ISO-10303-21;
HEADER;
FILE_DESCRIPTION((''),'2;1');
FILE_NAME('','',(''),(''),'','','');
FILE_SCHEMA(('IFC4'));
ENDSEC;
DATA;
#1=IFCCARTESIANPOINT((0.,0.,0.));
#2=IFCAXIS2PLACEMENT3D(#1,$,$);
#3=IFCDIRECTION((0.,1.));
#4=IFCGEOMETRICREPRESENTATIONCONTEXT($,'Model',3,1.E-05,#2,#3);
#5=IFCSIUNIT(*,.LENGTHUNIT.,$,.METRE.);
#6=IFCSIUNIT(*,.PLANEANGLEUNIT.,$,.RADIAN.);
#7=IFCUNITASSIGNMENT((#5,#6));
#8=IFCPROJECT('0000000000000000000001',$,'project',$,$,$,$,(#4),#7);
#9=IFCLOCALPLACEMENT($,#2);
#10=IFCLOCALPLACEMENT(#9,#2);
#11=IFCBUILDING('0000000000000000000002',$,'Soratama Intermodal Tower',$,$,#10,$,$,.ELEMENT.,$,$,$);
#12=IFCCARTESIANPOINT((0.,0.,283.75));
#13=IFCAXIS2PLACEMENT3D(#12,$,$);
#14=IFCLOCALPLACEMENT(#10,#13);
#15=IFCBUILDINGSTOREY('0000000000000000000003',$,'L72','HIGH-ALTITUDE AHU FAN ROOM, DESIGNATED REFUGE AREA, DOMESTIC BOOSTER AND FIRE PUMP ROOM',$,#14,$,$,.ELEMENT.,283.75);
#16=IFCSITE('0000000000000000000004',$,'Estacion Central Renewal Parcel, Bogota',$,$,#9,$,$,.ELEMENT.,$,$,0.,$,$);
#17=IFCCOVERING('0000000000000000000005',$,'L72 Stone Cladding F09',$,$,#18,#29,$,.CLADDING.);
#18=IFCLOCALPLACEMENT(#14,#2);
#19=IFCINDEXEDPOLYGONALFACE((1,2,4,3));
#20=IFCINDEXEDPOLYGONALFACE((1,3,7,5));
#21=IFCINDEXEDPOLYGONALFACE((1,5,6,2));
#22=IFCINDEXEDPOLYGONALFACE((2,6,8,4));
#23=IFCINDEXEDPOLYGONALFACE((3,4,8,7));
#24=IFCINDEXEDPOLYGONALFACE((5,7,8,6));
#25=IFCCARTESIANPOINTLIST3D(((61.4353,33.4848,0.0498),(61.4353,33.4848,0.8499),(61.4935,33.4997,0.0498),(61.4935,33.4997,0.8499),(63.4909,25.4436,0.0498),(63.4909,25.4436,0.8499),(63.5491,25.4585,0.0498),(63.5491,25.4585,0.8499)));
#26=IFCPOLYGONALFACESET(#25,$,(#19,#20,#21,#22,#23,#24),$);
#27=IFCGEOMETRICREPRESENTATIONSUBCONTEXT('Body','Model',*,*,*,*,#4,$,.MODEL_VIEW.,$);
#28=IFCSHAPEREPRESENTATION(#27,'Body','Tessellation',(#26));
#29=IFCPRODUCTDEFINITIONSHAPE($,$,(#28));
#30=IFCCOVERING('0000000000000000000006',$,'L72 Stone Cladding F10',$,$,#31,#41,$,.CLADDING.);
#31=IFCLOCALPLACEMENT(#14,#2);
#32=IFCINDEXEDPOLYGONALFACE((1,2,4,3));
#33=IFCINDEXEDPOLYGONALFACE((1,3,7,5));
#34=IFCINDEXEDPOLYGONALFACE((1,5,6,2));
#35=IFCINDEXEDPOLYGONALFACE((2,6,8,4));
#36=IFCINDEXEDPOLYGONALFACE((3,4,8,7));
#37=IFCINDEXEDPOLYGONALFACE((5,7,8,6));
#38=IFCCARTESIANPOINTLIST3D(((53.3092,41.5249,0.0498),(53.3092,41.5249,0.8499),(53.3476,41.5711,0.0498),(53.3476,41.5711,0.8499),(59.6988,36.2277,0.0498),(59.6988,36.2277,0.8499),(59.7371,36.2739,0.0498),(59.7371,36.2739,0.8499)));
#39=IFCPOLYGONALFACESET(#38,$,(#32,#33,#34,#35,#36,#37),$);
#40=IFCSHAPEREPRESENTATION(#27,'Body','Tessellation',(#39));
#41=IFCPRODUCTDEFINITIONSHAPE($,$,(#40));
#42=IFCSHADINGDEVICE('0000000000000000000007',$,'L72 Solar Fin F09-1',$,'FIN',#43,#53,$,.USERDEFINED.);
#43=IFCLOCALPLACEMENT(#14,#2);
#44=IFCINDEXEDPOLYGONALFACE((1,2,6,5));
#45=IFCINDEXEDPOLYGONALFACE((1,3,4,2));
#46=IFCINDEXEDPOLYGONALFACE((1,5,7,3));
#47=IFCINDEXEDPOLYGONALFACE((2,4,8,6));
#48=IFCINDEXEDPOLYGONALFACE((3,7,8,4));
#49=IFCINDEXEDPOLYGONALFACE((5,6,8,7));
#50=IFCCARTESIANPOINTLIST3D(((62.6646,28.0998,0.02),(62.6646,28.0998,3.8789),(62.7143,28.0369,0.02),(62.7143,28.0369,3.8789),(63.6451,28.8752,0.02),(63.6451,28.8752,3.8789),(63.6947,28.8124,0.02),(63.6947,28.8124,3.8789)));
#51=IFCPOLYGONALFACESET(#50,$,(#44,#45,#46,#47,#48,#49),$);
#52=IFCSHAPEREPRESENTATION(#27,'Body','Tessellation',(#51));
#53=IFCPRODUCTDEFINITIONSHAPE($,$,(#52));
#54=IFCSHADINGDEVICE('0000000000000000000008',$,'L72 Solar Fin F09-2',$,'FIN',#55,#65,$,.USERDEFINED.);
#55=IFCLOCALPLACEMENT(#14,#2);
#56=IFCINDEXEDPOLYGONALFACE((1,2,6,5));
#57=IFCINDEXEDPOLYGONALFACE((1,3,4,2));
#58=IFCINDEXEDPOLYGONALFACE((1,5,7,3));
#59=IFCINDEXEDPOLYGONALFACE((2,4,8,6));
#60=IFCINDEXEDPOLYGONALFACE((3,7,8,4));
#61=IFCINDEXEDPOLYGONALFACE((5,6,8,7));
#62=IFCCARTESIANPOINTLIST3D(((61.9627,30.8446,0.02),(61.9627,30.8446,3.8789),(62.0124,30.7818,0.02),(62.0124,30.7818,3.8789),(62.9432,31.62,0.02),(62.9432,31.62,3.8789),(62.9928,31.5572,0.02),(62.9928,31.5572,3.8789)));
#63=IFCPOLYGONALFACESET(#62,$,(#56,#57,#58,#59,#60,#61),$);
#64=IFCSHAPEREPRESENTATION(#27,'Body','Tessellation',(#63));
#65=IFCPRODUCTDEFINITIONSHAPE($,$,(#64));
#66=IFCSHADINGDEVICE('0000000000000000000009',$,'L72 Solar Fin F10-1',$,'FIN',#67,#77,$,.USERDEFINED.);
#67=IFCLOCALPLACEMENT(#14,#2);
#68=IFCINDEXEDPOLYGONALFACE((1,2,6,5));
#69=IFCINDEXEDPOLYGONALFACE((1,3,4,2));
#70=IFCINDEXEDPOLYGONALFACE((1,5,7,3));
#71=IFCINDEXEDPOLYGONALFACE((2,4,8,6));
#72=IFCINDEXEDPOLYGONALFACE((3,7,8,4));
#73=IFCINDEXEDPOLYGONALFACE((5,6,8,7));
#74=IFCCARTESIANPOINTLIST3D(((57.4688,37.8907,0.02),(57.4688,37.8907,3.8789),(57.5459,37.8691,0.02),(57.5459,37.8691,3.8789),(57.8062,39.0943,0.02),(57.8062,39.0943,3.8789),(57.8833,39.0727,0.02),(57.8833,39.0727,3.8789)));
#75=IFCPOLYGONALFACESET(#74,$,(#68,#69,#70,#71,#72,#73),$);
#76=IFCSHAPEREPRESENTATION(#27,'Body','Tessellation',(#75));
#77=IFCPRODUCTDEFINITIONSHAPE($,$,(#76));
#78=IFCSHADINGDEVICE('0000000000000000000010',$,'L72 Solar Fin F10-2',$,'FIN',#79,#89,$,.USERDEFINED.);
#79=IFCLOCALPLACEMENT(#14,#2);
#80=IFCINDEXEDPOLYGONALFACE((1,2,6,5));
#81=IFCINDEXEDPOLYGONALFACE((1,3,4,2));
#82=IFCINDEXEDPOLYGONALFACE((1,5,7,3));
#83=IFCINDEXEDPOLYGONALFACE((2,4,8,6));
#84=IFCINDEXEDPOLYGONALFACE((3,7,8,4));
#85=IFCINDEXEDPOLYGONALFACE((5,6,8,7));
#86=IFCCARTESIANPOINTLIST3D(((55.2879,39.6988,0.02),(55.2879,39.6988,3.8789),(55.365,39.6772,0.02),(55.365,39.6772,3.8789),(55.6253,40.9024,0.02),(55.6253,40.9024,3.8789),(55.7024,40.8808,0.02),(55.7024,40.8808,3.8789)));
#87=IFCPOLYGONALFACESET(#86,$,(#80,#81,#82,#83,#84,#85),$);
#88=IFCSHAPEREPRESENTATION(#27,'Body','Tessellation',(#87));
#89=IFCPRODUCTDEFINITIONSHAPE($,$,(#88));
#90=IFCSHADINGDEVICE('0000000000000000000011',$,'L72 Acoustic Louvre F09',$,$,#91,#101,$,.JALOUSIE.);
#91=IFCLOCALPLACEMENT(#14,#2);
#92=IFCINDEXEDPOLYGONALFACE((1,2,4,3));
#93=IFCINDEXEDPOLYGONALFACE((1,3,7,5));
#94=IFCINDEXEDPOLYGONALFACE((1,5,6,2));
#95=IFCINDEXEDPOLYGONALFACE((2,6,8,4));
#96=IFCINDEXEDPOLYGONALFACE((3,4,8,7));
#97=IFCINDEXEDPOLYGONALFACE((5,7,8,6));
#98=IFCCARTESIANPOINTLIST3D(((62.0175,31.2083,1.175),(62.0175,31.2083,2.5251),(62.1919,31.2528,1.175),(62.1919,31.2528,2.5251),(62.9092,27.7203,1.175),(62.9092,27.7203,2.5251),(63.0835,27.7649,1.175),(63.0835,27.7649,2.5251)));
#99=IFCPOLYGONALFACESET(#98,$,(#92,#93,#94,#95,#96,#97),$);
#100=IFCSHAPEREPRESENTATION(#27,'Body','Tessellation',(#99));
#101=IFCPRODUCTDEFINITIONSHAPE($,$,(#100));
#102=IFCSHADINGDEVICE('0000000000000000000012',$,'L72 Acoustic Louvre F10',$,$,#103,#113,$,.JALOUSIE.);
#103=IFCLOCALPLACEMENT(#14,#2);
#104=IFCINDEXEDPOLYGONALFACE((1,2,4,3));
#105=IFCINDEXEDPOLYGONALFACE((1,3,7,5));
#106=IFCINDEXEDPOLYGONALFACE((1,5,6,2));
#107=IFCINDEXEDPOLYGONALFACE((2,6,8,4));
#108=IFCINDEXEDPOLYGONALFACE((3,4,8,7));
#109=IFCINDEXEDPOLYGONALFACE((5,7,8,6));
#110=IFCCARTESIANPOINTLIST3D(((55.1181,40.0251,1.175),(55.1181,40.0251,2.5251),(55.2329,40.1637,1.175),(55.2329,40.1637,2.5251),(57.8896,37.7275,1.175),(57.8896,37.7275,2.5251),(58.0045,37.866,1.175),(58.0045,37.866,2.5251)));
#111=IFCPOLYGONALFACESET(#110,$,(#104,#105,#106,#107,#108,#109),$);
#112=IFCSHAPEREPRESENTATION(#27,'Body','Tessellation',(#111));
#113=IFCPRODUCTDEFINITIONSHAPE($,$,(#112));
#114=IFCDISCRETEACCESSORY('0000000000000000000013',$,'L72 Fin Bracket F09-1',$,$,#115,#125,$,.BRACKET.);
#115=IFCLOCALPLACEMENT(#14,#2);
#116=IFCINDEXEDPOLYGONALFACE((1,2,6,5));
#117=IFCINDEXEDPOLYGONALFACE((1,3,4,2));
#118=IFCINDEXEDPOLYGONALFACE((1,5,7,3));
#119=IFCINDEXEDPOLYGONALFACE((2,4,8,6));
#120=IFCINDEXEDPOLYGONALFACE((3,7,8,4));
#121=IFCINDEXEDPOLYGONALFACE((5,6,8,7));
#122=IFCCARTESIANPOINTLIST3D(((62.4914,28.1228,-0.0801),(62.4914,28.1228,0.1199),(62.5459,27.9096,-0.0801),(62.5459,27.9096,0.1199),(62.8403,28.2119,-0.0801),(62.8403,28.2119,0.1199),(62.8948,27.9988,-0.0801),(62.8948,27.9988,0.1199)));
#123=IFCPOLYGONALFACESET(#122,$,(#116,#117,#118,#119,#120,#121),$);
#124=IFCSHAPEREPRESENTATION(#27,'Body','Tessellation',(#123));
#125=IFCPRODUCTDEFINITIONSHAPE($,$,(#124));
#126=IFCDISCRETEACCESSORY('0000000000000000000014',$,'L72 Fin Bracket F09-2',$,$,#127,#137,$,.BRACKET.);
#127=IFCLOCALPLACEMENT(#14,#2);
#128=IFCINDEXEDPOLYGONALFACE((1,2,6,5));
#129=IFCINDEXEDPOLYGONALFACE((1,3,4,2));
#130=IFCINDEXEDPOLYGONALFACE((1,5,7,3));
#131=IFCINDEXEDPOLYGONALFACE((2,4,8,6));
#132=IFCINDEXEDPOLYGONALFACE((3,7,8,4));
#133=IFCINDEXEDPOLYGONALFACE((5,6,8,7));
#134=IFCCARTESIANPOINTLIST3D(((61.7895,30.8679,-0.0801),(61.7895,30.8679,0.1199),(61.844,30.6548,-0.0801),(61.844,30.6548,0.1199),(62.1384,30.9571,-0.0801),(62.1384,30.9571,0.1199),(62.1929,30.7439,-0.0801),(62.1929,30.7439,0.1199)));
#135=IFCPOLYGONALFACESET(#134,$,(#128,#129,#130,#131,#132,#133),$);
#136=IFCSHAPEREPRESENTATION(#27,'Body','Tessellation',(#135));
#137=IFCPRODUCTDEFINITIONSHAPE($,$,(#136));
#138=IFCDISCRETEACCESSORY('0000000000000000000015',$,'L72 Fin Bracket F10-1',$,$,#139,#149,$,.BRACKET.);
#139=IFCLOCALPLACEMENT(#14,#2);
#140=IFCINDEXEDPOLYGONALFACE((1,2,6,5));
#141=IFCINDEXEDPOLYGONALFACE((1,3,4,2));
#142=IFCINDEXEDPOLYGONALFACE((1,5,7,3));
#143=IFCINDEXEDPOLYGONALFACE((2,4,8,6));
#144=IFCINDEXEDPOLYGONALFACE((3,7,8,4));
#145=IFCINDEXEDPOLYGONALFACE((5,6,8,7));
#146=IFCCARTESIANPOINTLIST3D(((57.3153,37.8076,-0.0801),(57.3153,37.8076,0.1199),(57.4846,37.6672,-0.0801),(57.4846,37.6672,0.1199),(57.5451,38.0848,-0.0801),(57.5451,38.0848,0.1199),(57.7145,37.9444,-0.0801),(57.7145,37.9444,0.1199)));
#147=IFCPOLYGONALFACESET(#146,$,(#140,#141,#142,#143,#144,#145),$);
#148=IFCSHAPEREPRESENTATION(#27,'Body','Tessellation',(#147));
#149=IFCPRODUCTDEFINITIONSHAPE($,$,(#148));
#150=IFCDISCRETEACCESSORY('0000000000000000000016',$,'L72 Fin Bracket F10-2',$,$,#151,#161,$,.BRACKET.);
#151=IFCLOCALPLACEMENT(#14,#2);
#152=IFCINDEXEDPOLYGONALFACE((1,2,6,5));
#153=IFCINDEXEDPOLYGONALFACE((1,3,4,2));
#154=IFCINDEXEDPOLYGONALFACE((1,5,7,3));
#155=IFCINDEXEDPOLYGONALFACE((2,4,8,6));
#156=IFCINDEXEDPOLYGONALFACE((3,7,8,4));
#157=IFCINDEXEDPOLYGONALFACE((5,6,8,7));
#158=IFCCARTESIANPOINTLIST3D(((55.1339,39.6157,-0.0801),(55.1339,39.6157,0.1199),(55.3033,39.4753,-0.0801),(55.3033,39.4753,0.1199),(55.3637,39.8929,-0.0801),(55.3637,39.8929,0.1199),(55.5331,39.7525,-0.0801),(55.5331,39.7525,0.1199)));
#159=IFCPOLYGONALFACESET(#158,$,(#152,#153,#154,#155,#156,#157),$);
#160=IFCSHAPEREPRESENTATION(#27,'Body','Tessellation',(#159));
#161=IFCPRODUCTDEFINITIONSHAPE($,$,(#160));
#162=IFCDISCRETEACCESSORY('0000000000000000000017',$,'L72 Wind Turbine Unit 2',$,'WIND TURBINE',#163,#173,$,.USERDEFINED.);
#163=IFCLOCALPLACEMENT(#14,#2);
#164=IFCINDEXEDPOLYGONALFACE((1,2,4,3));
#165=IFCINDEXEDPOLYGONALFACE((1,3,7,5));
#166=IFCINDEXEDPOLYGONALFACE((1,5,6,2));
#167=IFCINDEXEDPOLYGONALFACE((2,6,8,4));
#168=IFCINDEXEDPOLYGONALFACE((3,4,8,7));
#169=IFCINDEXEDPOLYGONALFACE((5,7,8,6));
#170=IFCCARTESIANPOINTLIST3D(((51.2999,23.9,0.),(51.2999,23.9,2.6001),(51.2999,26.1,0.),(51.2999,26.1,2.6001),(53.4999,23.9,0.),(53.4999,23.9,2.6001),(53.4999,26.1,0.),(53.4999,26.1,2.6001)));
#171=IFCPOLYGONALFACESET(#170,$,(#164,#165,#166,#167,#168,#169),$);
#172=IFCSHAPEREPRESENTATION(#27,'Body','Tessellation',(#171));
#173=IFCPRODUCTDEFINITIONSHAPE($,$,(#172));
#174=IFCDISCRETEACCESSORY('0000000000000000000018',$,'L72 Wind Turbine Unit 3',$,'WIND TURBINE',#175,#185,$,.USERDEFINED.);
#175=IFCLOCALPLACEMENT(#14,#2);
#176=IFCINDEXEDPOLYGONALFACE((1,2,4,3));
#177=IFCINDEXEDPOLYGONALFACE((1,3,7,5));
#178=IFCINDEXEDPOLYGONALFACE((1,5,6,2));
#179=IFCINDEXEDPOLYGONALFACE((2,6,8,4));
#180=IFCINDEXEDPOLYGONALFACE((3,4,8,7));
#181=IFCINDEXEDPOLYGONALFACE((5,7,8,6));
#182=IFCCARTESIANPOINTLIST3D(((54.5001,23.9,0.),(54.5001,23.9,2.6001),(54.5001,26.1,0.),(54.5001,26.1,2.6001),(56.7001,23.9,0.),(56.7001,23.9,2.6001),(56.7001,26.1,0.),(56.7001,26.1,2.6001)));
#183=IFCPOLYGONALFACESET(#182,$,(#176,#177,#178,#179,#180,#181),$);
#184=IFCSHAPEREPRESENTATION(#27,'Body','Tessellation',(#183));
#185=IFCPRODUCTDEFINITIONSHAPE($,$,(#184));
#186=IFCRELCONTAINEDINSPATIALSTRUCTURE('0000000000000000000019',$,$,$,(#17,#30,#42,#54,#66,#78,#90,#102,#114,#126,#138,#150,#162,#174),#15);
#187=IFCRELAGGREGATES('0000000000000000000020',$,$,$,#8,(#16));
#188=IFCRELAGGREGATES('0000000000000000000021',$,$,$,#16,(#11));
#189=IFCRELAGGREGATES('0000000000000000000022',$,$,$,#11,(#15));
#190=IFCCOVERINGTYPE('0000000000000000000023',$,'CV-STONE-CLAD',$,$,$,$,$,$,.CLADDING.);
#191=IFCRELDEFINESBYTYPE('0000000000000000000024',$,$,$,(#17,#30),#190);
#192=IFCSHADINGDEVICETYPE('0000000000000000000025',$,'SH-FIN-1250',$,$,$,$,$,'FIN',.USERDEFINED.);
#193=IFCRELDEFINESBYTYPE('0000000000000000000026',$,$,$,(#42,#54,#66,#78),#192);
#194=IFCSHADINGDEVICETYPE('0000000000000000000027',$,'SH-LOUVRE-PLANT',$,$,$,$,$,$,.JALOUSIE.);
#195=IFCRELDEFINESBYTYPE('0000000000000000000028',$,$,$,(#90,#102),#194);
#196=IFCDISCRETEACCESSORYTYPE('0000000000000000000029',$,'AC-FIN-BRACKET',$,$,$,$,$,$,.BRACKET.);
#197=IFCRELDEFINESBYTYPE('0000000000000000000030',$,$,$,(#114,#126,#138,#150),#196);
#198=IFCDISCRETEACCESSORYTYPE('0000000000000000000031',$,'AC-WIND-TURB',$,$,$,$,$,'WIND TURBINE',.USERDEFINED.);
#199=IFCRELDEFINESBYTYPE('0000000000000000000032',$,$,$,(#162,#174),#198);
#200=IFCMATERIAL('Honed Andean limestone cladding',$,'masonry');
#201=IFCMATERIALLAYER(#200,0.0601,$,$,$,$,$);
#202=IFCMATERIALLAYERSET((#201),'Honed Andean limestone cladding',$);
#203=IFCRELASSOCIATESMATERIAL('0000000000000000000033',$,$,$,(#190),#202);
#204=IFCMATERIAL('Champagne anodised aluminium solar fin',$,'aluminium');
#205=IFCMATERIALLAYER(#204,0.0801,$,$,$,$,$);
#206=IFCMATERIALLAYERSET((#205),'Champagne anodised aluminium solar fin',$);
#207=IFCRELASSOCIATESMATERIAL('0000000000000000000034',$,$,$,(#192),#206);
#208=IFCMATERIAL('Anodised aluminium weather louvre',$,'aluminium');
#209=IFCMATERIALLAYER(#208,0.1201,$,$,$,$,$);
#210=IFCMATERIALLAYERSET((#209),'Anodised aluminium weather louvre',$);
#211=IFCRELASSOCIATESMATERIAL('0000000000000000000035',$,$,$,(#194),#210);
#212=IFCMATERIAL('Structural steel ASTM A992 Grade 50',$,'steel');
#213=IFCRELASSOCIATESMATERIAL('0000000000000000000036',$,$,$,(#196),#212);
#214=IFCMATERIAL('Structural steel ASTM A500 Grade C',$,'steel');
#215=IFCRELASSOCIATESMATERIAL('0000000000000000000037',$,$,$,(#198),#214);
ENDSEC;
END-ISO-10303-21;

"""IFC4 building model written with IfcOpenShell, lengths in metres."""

from ifc_helpers import new_model, si_unit, direction, frame, origin, origin_2d, place, context, subcontext, project, spatial, rectangle, extrude, material, layer, layer_set, type_object, element, save


model = new_model("IFC4")

# Units and contexts
model_context = context("Model", 3, precision=1e-05, world=origin(), true_north=direction((0.0, 1.0)))
body_context = subcontext(model_context, "Body", "Model", "MODEL_VIEW")
ifc_project = project(units=[si_unit("LENGTHUNIT", "METRE"), si_unit("PLANEANGLEUNIT", "RADIAN")], contexts=[model_context])

# Site, building, storey
site_placement = place(None, origin())
site = spatial("IfcSite", under=ifc_project, at=site_placement, Name="Estacion Central Renewal Parcel, Bogota", CompositionType="ELEMENT", RefElevation=0.0)
building_placement = place(site_placement, origin())
building = spatial("IfcBuilding", under=site, at=building_placement, Name="Soratama Intermodal Tower", CompositionType="ELEMENT")
storey_placement = place(building_placement, frame((0.0, 0.0, 283.75)))
storey = spatial("IfcBuildingStorey", under=building, at=storey_placement, Name="L72", Description="HIGH-ALTITUDE AHU FAN ROOM, DESIGNATED REFUGE AREA, DOMESTIC BOOSTER AND FIRE PUMP ROOM", CompositionType="ELEMENT", Elevation=283.75)

# Coverings
ifc_material_1 = material(Name="Honed Andean limestone cladding", Category="masonry")
ifc_layer_1 = layer(ifc_material_1, 0.0601)
ifc_layer_set_1 = layer_set([ifc_layer_1], Name="Honed Andean limestone cladding")
covering_type = type_object("IfcCoveringType", Name="CV-STONE-CLAD", PredefinedType="CLADDING", material=ifc_layer_set_1)
for number, where, z_axis, x_axis, name in (
    (1, (62.4922, 29.4717, 0.0498), (0.0, 0.0, 1.0), (-0.247675, 0.968843, 0.0), "L72 Stone Cladding F09"),
    (2, (56.5232, 38.8994, 0.0498), (0.0, 0.0, 1.0), (-0.769845, 0.638231, 0.0), "L72 Stone Cladding F10"),
):
    element("IfcCovering", number, at=place(storey_placement, frame(where, z_axis=z_axis, x_axis=x_axis)), inside=storey, type_object=covering_type, Name=name, PredefinedType="CLADDING", context=body_context, shape_type="SweptSolid", body=[
        extrude(rectangle(XDim=8.2998, YDim=0.0601, at=origin_2d()), origin(), (0.0, 0.0, 1.0), 0.8),
    ])

# Shading devices
ifc_material_2 = material(Name="Champagne anodised aluminium solar fin", Category="aluminium")
ifc_layer_2 = layer(ifc_material_2, 0.0801)
ifc_layer_set_2 = layer_set([ifc_layer_2], Name="Champagne anodised aluminium solar fin")
shading_device_type_1 = type_object("IfcShadingDeviceType", Name="SH-FIN-1250", ElementType="FIN", PredefinedType="USERDEFINED", material=ifc_layer_set_2)
for number, where, z_axis, x_axis, name in (
    (3, (63.1797, 28.4561, 0.02), (0.0, 0.0, 1.0), (0.784343, 0.620327, 0.0), "L72 Solar Fin F09-1"),
    (4, (62.4778, 31.2009, 0.02), (0.0, 0.0, 1.0), (0.784343, 0.620327, 0.0), "L72 Solar Fin F09-2"),
    (5, (57.676, 38.4817, 0.02), (0.0, 0.0, 1.0), (0.269928, 0.96288, 0.0), "L72 Solar Fin F10-1"),
    (6, (55.4951, 40.2898, 0.02), (0.0, 0.0, 1.0), (0.269928, 0.96288, 0.0), "L72 Solar Fin F10-2"),
):
    element("IfcShadingDevice", number, at=place(storey_placement, frame(where, z_axis=z_axis, x_axis=x_axis)), inside=storey, type_object=shading_device_type_1, Name=name, ObjectType="FIN", PredefinedType="USERDEFINED", context=body_context, shape_type="SweptSolid", body=[
        extrude(rectangle(XDim=1.25, YDim=0.0801, at=origin_2d()), origin(), (0.0, 0.0, 1.0), 3.8589),
    ])
ifc_material_3 = material(Name="Anodised aluminium weather louvre", Category="aluminium")
ifc_layer_3 = layer(ifc_material_3, 0.1201)
ifc_layer_set_3 = layer_set([ifc_layer_3], Name="Anodised aluminium weather louvre")
shading_device_type_2 = type_object("IfcShadingDeviceType", Name="SH-LOUVRE-PLANT", PredefinedType="JALOUSIE", material=ifc_layer_set_3)
for number, where, z_axis, x_axis, name in (
    (7, (62.5505, 29.4866, 1.175), (0.0, 0.0, 1.0), (-0.247675, 0.968843, 0.0), "L72 Acoustic Louvre F09"),
    (8, (56.5613, 38.9456, 1.175), (0.0, 0.0, 1.0), (-0.769845, 0.638231, 0.0), "L72 Acoustic Louvre F10"),
):
    element("IfcShadingDevice", number, at=place(storey_placement, frame(where, z_axis=z_axis, x_axis=x_axis)), inside=storey, type_object=shading_device_type_2, Name=name, PredefinedType="JALOUSIE", context=body_context, shape_type="SweptSolid", body=[
        extrude(rectangle(XDim=3.6001, YDim=0.1799, at=origin_2d()), origin(), (0.0, 0.0, 1.0), 1.3501),
    ])

# Discrete accessories
ifc_material_4 = material(Name="Structural steel ASTM A992 Grade 50", Category="steel")
discrete_accessory_type_1 = type_object("IfcDiscreteAccessoryType", Name="AC-FIN-BRACKET", PredefinedType="BRACKET", material=ifc_material_4)
for number, where, z_axis, x_axis, name in (
    (9, (62.6931, 28.0608, -0.0801), (0.0, 0.0, 1.0), (0.968843, 0.247675, 0.0), "L72 Fin Bracket F09-1"),
    (10, (61.9912, 30.8059, -0.0801), (0.0, 0.0, 1.0), (0.968843, 0.247675, 0.0), "L72 Fin Bracket F09-2"),
    (11, (57.5149, 37.876, -0.0801), (0.0, 0.0, 1.0), (0.638231, 0.769845, 0.0), "L72 Fin Bracket F10-1"),
    (12, (55.3335, 39.6841, -0.0801), (0.0, 0.0, 1.0), (0.638231, 0.769845, 0.0), "L72 Fin Bracket F10-2"),
):
    element("IfcDiscreteAccessory", number, at=place(storey_placement, frame(where, z_axis=z_axis, x_axis=x_axis)), inside=storey, type_object=discrete_accessory_type_1, Name=name, PredefinedType="BRACKET", context=body_context, shape_type="SweptSolid", body=[
        extrude(rectangle(XDim=0.3601, YDim=0.22, at=origin_2d()), origin(), (0.0, 0.0, 1.0), 0.2),
    ])
ifc_material_5 = material(Name="Structural steel ASTM A500 Grade C", Category="steel")
discrete_accessory_type_2 = type_object("IfcDiscreteAccessoryType", Name="AC-WIND-TURB", ElementType="WIND TURBINE", PredefinedType="USERDEFINED", material=ifc_material_5)
for number, where, z_axis, x_axis, name in (
    (13, (52.3999, 25.0, 0.0), (0.0, 0.0, 1.0), (1.0, 0.0, 0.0), "L72 Wind Turbine Unit 2"),
    (14, (55.6001, 25.0, 0.0), (0.0, 0.0, 1.0), (1.0, 0.0, 0.0), "L72 Wind Turbine Unit 3"),
):
    element("IfcDiscreteAccessory", number, at=place(storey_placement, frame(where, z_axis=z_axis, x_axis=x_axis)), inside=storey, type_object=discrete_accessory_type_2, Name=name, ObjectType="WIND TURBINE", PredefinedType="USERDEFINED", context=body_context, shape_type="SweptSolid", body=[
        extrude(rectangle(XDim=2.2, YDim=2.2, at=origin_2d()), origin(), (0.0, 0.0, 1.0), 2.6001),
    ])

save(model, "model.ifc")
